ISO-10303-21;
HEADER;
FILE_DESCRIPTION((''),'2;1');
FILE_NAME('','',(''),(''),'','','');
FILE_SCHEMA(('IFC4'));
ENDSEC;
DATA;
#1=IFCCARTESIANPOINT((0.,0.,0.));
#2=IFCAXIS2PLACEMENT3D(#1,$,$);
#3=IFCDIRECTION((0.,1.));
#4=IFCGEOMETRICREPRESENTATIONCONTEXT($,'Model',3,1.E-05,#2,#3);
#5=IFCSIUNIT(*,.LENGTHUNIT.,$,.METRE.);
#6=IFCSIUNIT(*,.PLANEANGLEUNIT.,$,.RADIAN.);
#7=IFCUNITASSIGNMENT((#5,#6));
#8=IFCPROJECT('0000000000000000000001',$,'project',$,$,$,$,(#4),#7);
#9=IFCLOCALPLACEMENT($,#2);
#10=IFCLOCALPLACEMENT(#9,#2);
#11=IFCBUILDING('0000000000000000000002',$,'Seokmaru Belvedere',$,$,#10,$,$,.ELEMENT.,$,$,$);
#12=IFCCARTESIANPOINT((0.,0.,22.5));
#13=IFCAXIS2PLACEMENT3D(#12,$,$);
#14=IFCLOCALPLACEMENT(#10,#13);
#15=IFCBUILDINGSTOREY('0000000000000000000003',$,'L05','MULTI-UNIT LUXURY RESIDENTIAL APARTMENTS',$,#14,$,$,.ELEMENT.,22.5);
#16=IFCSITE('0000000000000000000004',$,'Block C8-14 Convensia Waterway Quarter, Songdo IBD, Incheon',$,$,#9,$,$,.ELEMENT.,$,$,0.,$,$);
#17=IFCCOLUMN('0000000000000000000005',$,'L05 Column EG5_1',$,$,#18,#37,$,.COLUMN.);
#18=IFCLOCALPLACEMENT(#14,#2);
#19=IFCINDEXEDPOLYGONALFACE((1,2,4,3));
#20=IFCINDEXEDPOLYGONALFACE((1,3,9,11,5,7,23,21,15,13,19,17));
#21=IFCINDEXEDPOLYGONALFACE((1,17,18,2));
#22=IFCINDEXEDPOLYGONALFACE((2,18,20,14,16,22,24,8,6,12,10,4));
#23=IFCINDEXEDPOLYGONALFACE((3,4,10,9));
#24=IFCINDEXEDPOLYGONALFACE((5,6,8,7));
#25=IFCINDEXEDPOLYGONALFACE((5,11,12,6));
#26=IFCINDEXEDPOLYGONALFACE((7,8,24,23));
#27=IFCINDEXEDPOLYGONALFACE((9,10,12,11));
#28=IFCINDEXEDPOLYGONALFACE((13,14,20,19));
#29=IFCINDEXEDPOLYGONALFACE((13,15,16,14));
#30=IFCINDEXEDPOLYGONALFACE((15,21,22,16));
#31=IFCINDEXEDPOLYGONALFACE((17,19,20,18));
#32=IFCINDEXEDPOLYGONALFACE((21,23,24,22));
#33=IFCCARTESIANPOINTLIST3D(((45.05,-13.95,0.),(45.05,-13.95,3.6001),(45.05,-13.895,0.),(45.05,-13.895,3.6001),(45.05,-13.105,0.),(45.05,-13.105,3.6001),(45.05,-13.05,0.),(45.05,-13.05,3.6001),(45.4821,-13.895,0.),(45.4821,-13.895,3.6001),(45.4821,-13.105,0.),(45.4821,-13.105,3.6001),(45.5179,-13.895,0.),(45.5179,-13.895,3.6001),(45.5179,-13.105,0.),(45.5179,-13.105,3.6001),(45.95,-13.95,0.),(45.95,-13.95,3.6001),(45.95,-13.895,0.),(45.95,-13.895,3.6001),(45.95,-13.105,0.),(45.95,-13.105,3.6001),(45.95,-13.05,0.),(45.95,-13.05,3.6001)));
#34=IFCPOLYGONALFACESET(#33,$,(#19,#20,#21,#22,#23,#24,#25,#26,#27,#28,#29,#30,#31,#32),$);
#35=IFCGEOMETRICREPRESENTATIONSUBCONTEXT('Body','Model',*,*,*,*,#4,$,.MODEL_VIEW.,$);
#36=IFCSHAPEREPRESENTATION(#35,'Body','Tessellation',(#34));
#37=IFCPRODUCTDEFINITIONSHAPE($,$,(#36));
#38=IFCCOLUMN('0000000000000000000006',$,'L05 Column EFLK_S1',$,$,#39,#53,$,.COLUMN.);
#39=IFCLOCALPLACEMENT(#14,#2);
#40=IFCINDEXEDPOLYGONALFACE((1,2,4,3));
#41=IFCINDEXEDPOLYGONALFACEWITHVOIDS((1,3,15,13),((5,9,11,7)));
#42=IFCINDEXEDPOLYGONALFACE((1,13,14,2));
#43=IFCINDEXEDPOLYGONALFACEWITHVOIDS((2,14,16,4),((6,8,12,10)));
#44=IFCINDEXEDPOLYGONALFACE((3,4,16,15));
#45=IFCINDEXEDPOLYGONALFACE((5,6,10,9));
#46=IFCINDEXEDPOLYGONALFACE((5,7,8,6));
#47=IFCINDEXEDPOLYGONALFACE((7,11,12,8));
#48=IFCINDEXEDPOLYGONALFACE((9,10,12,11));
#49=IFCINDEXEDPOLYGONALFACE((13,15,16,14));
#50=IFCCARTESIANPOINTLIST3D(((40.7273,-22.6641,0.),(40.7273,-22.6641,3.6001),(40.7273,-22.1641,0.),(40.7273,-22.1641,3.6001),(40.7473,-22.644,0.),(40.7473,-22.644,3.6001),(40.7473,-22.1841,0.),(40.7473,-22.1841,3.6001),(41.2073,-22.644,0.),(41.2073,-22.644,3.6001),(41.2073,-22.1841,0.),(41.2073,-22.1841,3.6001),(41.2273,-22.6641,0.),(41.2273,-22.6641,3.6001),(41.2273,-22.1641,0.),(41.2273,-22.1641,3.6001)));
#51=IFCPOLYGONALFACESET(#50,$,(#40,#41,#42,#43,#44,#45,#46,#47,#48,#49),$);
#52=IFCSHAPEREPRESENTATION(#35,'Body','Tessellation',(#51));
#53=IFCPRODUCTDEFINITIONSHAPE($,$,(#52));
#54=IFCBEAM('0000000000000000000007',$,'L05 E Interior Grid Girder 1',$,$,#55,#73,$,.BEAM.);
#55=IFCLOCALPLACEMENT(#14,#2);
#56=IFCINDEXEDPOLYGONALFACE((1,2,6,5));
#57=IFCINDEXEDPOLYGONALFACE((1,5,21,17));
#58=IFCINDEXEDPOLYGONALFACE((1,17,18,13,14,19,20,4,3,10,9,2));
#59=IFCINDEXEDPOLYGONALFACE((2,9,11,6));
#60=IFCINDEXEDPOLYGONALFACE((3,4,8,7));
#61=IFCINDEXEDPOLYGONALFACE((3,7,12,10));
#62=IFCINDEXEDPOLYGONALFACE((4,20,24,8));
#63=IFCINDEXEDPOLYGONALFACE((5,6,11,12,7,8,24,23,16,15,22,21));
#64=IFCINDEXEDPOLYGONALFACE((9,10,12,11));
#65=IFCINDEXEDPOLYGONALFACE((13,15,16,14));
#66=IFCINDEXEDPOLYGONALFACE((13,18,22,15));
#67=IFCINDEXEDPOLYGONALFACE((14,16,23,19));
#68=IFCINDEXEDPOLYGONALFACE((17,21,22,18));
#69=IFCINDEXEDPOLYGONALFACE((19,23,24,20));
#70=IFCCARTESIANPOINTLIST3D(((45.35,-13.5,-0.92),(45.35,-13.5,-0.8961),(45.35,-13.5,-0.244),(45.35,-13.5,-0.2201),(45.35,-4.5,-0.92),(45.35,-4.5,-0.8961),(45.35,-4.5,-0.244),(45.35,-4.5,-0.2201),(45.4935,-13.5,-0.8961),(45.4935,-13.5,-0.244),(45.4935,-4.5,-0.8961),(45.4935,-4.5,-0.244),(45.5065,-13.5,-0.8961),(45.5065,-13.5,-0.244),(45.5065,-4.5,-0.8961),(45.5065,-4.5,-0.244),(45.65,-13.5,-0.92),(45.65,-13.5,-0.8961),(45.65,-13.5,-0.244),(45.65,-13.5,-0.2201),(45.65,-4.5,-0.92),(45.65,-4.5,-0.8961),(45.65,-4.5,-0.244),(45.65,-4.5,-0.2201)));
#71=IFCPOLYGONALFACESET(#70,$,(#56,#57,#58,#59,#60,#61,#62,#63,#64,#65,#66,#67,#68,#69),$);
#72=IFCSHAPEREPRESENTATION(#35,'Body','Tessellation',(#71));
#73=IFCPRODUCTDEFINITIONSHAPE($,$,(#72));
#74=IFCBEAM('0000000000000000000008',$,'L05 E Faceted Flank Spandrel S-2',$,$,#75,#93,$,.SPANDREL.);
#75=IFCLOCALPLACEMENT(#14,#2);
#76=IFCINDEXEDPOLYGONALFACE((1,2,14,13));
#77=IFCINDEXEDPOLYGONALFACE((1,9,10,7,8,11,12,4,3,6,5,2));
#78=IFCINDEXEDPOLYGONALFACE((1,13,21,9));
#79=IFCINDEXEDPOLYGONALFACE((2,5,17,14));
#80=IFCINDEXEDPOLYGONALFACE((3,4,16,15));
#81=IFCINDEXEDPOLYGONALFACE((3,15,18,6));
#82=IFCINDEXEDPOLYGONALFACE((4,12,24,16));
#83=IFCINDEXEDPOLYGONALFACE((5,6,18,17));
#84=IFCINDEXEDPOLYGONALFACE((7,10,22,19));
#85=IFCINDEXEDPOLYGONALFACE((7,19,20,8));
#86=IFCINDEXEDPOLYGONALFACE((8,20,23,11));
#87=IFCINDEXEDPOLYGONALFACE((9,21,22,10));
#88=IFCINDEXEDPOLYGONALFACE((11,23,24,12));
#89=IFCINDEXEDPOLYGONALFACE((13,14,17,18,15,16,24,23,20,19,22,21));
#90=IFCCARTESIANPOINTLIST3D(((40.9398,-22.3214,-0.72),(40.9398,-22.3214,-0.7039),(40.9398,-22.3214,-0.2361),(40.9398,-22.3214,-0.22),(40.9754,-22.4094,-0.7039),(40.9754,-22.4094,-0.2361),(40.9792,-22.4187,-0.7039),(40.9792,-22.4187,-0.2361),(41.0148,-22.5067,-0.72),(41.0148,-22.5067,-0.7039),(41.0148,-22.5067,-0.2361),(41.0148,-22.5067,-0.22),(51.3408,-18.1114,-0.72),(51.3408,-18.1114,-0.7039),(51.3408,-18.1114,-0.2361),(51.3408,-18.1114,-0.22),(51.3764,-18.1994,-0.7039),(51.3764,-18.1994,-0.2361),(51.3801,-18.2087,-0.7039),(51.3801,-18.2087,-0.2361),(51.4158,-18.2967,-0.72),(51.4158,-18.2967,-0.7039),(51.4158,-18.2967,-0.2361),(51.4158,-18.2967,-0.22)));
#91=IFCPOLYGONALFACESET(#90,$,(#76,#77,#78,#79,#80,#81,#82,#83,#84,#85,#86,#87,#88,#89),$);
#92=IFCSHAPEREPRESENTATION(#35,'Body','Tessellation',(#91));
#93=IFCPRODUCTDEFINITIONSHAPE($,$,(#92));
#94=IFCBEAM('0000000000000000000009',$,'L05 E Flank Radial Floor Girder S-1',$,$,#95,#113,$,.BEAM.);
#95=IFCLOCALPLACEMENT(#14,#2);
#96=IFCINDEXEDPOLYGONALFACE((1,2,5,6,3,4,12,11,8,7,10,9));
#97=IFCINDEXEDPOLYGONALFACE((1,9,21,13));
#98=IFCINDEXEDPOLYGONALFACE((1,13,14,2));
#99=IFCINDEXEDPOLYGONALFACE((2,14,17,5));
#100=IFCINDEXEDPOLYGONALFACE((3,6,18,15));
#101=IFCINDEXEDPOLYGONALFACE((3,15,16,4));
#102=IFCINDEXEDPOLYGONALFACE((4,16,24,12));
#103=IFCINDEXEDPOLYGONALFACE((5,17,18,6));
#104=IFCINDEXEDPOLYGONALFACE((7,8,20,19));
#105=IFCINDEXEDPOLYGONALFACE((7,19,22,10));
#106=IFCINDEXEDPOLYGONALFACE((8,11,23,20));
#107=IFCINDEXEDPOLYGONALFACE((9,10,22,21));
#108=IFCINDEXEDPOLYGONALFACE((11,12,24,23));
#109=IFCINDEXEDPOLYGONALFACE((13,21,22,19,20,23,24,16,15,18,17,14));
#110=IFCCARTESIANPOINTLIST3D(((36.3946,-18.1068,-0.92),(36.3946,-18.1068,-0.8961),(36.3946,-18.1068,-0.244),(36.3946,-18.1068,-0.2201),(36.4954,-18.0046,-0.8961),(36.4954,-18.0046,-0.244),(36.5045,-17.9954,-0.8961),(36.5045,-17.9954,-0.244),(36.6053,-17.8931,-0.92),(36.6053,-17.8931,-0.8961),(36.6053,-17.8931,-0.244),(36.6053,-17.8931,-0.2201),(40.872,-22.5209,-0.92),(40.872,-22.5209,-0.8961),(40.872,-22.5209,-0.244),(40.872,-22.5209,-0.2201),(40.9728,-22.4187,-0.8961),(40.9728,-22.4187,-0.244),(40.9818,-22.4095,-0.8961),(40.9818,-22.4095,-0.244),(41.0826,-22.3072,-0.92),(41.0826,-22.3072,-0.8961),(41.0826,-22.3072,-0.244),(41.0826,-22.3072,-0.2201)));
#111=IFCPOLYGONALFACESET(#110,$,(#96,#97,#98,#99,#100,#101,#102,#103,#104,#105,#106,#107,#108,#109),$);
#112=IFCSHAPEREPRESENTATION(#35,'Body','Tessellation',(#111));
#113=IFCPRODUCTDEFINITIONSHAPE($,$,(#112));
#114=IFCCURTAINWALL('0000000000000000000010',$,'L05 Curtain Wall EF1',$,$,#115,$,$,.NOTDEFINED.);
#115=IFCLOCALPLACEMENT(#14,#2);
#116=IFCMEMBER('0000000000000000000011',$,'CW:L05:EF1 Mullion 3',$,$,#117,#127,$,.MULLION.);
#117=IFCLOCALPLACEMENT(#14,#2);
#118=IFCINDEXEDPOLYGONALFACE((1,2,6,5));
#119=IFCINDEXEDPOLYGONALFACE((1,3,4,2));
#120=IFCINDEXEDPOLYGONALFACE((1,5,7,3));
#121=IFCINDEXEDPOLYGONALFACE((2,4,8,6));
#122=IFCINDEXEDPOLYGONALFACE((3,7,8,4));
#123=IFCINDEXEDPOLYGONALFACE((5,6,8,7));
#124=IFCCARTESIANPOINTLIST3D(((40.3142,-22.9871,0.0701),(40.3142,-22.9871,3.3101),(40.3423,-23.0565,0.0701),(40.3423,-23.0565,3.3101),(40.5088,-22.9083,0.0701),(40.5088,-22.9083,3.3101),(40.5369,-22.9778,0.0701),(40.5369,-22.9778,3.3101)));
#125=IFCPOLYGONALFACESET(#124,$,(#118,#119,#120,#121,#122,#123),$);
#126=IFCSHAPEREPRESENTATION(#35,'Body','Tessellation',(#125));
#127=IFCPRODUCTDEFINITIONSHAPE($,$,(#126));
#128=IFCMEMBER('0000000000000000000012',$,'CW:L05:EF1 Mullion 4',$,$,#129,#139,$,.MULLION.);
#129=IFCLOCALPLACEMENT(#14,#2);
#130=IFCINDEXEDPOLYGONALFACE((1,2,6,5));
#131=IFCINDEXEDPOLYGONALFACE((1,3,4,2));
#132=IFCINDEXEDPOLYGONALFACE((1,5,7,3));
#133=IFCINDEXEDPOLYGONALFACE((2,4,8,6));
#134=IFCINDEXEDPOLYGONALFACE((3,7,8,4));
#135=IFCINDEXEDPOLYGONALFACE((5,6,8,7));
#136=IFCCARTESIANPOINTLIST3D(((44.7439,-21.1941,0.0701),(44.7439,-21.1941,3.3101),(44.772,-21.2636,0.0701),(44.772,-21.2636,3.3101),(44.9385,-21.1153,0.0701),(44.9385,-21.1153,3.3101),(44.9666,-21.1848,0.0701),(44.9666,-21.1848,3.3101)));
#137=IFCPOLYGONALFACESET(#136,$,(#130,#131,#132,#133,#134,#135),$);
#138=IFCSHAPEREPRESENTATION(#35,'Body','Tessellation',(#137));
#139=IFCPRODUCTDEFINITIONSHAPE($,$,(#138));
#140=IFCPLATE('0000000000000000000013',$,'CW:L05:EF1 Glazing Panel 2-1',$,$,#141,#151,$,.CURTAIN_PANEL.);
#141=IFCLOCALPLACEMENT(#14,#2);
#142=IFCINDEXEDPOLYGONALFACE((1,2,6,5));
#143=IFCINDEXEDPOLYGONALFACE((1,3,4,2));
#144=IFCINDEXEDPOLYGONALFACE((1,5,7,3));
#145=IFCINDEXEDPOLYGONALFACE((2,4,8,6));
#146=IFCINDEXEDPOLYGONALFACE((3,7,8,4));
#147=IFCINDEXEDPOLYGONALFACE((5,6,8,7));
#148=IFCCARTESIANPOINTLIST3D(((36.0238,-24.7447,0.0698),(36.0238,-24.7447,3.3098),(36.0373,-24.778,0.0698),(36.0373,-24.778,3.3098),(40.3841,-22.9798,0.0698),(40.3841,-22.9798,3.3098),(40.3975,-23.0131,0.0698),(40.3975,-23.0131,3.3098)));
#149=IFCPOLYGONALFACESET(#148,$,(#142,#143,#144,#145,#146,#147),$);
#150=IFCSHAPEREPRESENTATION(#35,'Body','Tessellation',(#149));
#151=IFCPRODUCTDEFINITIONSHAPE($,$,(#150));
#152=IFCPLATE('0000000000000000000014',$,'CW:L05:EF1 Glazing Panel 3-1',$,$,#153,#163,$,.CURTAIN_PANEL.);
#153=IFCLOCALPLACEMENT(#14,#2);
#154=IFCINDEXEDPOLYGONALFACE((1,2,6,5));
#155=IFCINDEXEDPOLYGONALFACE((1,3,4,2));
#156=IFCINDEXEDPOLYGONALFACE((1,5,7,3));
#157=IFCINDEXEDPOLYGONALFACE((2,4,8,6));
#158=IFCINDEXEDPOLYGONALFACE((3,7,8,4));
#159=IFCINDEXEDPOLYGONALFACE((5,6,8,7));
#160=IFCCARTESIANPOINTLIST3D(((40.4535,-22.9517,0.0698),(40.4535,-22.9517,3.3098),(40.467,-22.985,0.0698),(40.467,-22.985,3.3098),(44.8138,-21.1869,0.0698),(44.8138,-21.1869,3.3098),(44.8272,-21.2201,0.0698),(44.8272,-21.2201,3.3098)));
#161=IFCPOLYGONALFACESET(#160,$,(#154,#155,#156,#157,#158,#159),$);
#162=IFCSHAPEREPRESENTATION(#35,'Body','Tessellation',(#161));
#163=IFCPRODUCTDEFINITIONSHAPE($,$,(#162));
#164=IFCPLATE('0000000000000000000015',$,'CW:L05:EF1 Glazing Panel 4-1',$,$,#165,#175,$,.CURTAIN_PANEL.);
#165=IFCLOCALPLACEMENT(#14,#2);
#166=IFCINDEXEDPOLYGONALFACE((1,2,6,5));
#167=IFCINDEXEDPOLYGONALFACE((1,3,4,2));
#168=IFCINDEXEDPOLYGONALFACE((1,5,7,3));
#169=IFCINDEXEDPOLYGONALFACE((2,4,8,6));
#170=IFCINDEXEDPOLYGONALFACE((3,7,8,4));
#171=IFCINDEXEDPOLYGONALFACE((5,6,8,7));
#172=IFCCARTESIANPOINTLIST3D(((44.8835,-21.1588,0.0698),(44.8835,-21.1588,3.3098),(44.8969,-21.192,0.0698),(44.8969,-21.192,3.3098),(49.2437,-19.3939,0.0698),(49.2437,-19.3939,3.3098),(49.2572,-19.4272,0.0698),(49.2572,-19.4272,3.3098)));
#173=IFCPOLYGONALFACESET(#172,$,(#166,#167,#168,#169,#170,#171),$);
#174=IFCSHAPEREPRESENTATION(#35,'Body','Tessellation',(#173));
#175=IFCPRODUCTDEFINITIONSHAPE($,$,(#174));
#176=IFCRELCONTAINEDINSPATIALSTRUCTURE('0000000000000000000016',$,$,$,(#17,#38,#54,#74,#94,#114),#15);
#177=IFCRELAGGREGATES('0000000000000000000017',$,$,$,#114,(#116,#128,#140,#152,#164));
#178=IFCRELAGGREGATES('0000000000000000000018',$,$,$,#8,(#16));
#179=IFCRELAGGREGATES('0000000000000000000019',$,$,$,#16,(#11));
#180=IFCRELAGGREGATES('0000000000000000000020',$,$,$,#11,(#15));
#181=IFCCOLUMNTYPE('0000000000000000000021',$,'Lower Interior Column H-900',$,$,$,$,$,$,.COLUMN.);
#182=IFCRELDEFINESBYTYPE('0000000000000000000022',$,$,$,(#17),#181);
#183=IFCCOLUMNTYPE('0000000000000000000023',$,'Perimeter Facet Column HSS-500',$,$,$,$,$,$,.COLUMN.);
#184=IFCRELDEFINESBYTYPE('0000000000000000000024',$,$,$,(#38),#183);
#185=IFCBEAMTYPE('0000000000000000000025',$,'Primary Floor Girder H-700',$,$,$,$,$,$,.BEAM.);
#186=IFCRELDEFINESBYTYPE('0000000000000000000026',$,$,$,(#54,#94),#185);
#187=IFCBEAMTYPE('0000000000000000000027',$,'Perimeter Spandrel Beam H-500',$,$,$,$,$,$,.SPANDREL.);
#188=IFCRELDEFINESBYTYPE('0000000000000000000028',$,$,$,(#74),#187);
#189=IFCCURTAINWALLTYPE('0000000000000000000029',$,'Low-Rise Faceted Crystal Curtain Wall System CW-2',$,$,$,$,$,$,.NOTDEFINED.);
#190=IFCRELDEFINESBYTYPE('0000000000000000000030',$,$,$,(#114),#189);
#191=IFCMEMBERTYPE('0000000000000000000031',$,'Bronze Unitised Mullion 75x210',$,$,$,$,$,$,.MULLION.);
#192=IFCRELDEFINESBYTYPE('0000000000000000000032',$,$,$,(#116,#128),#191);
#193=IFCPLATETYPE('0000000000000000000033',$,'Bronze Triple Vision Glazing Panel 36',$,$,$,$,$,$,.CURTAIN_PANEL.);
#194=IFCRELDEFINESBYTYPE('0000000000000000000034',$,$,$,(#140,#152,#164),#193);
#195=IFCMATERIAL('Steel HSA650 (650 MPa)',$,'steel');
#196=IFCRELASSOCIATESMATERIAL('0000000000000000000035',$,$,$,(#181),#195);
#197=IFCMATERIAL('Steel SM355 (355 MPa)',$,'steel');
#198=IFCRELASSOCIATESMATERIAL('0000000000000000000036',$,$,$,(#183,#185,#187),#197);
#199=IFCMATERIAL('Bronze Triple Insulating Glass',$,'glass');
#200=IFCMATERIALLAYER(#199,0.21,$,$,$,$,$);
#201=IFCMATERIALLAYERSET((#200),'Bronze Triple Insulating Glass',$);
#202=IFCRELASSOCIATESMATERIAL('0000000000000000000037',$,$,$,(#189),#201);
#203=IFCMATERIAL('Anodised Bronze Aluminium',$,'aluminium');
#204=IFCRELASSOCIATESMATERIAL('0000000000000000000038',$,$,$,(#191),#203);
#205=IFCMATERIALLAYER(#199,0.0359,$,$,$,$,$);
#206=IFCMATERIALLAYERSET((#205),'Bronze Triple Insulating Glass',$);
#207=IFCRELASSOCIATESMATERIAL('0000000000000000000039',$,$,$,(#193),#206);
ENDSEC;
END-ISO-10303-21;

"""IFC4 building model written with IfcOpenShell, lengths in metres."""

from ifc_helpers import new_model, si_unit, direction, frame, origin, origin_2d, place, context, subcontext, project, spatial, rectangle, hollow_rectangle, i_section, extrude, source, transform, mapped, material, layer, layer_set, material_profile, profile_set, type_object, type_shapes, element, aggregate, save


model = new_model("IFC4")

# Units and contexts
model_context = context("Model", 3, precision=1e-05, world=origin(), true_north=direction((0.0, 1.0)))
body_context = subcontext(model_context, "Body", "Model", "MODEL_VIEW")
ifc_project = project(units=[si_unit("LENGTHUNIT", "METRE"), si_unit("PLANEANGLEUNIT", "RADIAN")], contexts=[model_context])

# Site, building, storey
site_placement = place(None, origin())
site = spatial("IfcSite", under=ifc_project, at=site_placement, Name="Block C8-14 Convensia Waterway Quarter, Songdo IBD, Incheon", CompositionType="ELEMENT", RefElevation=0.0)
building_placement = place(site_placement, origin())
building = spatial("IfcBuilding", under=site, at=building_placement, Name="Seokmaru Belvedere", CompositionType="ELEMENT")
storey_placement = place(building_placement, frame((0.0, 0.0, 22.5)))
storey = spatial("IfcBuildingStorey", under=building, at=storey_placement, Name="L05", Description="MULTI-UNIT LUXURY RESIDENTIAL APARTMENTS", CompositionType="ELEMENT", Elevation=22.5)

# Columns
ifc_material_1 = material(Name="Steel HSA650 (650 MPa)", Category="steel")
ifc_material_profile_1 = material_profile(ifc_material_1, i_section(OverallWidth=0.8999, OverallDepth=0.8999, WebThickness=0.0359, FlangeThickness=0.0549, at=origin_2d()), Name="H-900x900x36x55")
ifc_profile_set_1 = profile_set([ifc_material_profile_1], Name="Steel HSA650 (650 MPa)")
column_type_1 = type_object("IfcColumnType", Name="Lower Interior Column H-900", PredefinedType="COLUMN", material=ifc_profile_set_1)
shared_shape_1 = source(origin(), body_context, "Body", "SweptSolid", [
    extrude(i_section(OverallWidth=0.8999, OverallDepth=0.8999, WebThickness=0.0359, FlangeThickness=0.0549, at=origin_2d()), origin(), (0.0, 0.0, 1.0), 3.6001),
])
type_shapes(column_type_1, [shared_shape_1])
column_1_placement = place(storey_placement, frame((45.5, -13.5, 0.0), z_axis=(0.0, 0.0, 1.0), x_axis=(1.0, 0.0, 0.0)))
element("IfcColumn", 1, at=column_1_placement, inside=storey, type_object=column_type_1, Name="L05 Column EG5_1", PredefinedType="COLUMN", context=body_context, shape_type="MappedRepresentation", body=[
    mapped(shared_shape_1, transform((0.0, 0.0, 0.0), scale=1.0)),
])
ifc_material_2 = material(Name="Steel SM355 (355 MPa)", Category="steel")
ifc_material_profile_2 = material_profile(ifc_material_2, hollow_rectangle(XDim=0.5, YDim=0.5, WallThickness=0.02, at=origin_2d()), Name="HSS-500x500x20")
ifc_profile_set_2 = profile_set([ifc_material_profile_2], Name="Steel SM355 (355 MPa)")
column_type_2 = type_object("IfcColumnType", Name="Perimeter Facet Column HSS-500", PredefinedType="COLUMN", material=ifc_profile_set_2)
shared_shape_2 = source(origin(), body_context, "Body", "SweptSolid", [
    extrude(hollow_rectangle(XDim=0.5, YDim=0.5, WallThickness=0.02, at=origin_2d()), origin(), (0.0, 0.0, 1.0), 3.6001),
])
type_shapes(column_type_2, [shared_shape_2])
column_2_placement = place(storey_placement, frame((40.9773, -22.4141, 0.0), z_axis=(0.0, 0.0, 1.0), x_axis=(1.0, 0.0, 0.0)))
element("IfcColumn", 2, at=column_2_placement, inside=storey, type_object=column_type_2, Name="L05 Column EFLK_S1", PredefinedType="COLUMN", context=body_context, shape_type="MappedRepresentation", body=[
    mapped(shared_shape_2, transform((0.0, 0.0, 0.0), scale=1.0)),
])

# Beams
ifc_material_profile_3 = material_profile(ifc_material_2, i_section(OverallWidth=0.3, OverallDepth=0.7, WebThickness=0.0129, FlangeThickness=0.0239, at=origin_2d()), Name="H-700x300x13x24")
ifc_profile_set_3 = profile_set([ifc_material_profile_3], Name="Steel SM355 (355 MPa)")
beam_type_1 = type_object("IfcBeamType", Name="Primary Floor Girder H-700", PredefinedType="BEAM", material=ifc_profile_set_3)
shared_shape_3 = source(origin(), body_context, "Body", "SweptSolid", [
    extrude(i_section(OverallWidth=0.3, OverallDepth=0.7, WebThickness=0.0129, FlangeThickness=0.0239, at=origin_2d()), origin(), (0.0, 0.0, 1.0), 9.0),
])
beam_1_placement = place(storey_placement, frame((45.5, -13.5, -0.5701), z_axis=(0.0, 1.0, 0.0), x_axis=(-1.0, 0.0, 0.0)))
element("IfcBeam", 3, at=beam_1_placement, inside=storey, type_object=beam_type_1, Name="L05 E Interior Grid Girder 1", PredefinedType="BEAM", context=body_context, shape_type="MappedRepresentation", body=[
    mapped(shared_shape_3, transform((0.0, 0.0, 0.0), scale=1.0)),
])
ifc_material_profile_4 = material_profile(ifc_material_2, i_section(OverallWidth=0.2, OverallDepth=0.5, WebThickness=0.01, FlangeThickness=0.0161, at=origin_2d()), Name="H-500x200x10x16")
ifc_profile_set_4 = profile_set([ifc_material_profile_4], Name="Steel SM355 (355 MPa)")
beam_type_2 = type_object("IfcBeamType", Name="Perimeter Spandrel Beam H-500", PredefinedType="SPANDREL", material=ifc_profile_set_4)
shared_shape_4 = source(origin(), body_context, "Body", "SweptSolid", [
    extrude(i_section(OverallWidth=0.2, OverallDepth=0.5, WebThickness=0.01, FlangeThickness=0.0161, at=origin_2d()), origin(), (0.0, 0.0, 1.0), 11.2207),
])
type_shapes(beam_type_2, [shared_shape_4])
beam_2_placement = place(storey_placement, frame((40.9773, -22.4141, -0.47), z_axis=(0.926944, 0.375199, 0.0), x_axis=(-0.375199, 0.926944, 0.0)))
element("IfcBeam", 4, at=beam_2_placement, inside=storey, type_object=beam_type_2, Name="L05 E Faceted Flank Spandrel S-2", PredefinedType="SPANDREL", context=body_context, shape_type="MappedRepresentation", body=[
    mapped(shared_shape_4, transform((0.0, 0.0, 0.0), scale=1.0)),
])
shared_shape_5 = source(origin(), body_context, "Body", "SweptSolid", [
    extrude(i_section(OverallWidth=0.3, OverallDepth=0.7, WebThickness=0.0129, FlangeThickness=0.0239, at=origin_2d()), origin(), (0.0, 0.0, 1.0), 6.2874),
])
type_shapes(beam_type_1, [shared_shape_3, shared_shape_5])
beam_3_placement = place(storey_placement, frame((40.9773, -22.4141, -0.5701), z_axis=(-0.712117, 0.70206, 0.0), x_axis=(-0.70206, -0.712117, 0.0)))
element("IfcBeam", 5, at=beam_3_placement, inside=storey, type_object=beam_type_1, Name="L05 E Flank Radial Floor Girder S-1", PredefinedType="BEAM", context=body_context, shape_type="MappedRepresentation", body=[
    mapped(shared_shape_5, transform((0.0, 0.0, 0.0), scale=1.0)),
])

# Curtain wall, members, plates
ifc_material_3 = material(Name="Bronze Triple Insulating Glass", Category="glass")
ifc_layer_1 = layer(ifc_material_3, 0.21)
ifc_layer_set_1 = layer_set([ifc_layer_1], Name="Bronze Triple Insulating Glass")
curtain_wall_type = type_object("IfcCurtainWallType", Name="Low-Rise Faceted Crystal Curtain Wall System CW-2", PredefinedType="NOTDEFINED", material=ifc_layer_set_1)
curtain_wall_placement = place(storey_placement, origin())
curtain_wall = element("IfcCurtainWall", 6, at=curtain_wall_placement, inside=storey, type_object=curtain_wall_type, Name="L05 Curtain Wall EF1", PredefinedType="NOTDEFINED")
ifc_material_4 = material(Name="Anodised Bronze Aluminium", Category="aluminium")
ifc_material_profile_5 = material_profile(ifc_material_4, rectangle(XDim=0.075, YDim=0.21, at=origin_2d()), Name="CW-M-75x210")
ifc_profile_set_5 = profile_set([ifc_material_profile_5], Name="Anodised Bronze Aluminium")
member_type = type_object("IfcMemberType", Name="Bronze Unitised Mullion 75x210", PredefinedType="MULLION", material=ifc_profile_set_5)
shared_shape_6 = source(origin(), body_context, "Body", "SweptSolid", [
    extrude(rectangle(XDim=0.075, YDim=0.21, at=origin_2d()), origin(), (0.0, 0.0, 1.0), 3.24),
])
type_shapes(member_type, [shared_shape_6])
member_1_placement = place(storey_placement, frame((40.4255, -22.9824, 0.0701), z_axis=(0.0, 0.0, 1.0), x_axis=(-0.375192, 0.926947, 0.0)))
member_1 = element("IfcMember", 7, at=member_1_placement, type_object=member_type, Name="CW:L05:EF1 Mullion 3", PredefinedType="MULLION", context=body_context, shape_type="MappedRepresentation", body=[
    mapped(shared_shape_6, transform((0.0, 0.0, 0.0), scale=1.0)),
])
member_2_placement = place(storey_placement, frame((44.8552, -21.1895, 0.0701), z_axis=(0.0, 0.0, 1.0), x_axis=(-0.375192, 0.926947, 0.0)))
member_2 = element("IfcMember", 8, at=member_2_placement, type_object=member_type, Name="CW:L05:EF1 Mullion 4", PredefinedType="MULLION", context=body_context, shape_type="MappedRepresentation", body=[
    mapped(shared_shape_6, transform((0.0, 0.0, 0.0), scale=1.0)),
])
ifc_layer_2 = layer(ifc_material_3, 0.0359)
ifc_layer_set_2 = layer_set([ifc_layer_2], Name="Bronze Triple Insulating Glass")
plate_type = type_object("IfcPlateType", Name="Bronze Triple Vision Glazing Panel 36", PredefinedType="CURTAIN_PANEL", material=ifc_layer_set_2)
shared_shape_7 = source(origin(), body_context, "Body", "SweptSolid", [
    extrude(rectangle(XDim=4.7039, YDim=0.0359, at=origin_2d()), origin(), (0.0, 0.0, 1.0), 3.24),
])
type_shapes(plate_type, [shared_shape_7])
plate_1_placement = place(storey_placement, frame((38.2107, -23.8789, 0.0698), z_axis=(0.0, 0.0, 1.0), x_axis=(0.926947, 0.375192, 0.0)))
plate_1 = element("IfcPlate", 9, at=plate_1_placement, type_object=plate_type, Name="CW:L05:EF1 Glazing Panel 2-1", PredefinedType="CURTAIN_PANEL", context=body_context, shape_type="MappedRepresentation", body=[
    mapped(shared_shape_7, transform((0.0, 0.0, 0.0), scale=1.0)),
])
plate_2_placement = place(storey_placement, frame((42.6404, -22.0859, 0.0698), z_axis=(0.0, 0.0, 1.0), x_axis=(0.926947, 0.375192, 0.0)))
plate_2 = element("IfcPlate", 10, at=plate_2_placement, type_object=plate_type, Name="CW:L05:EF1 Glazing Panel 3-1", PredefinedType="CURTAIN_PANEL", context=body_context, shape_type="MappedRepresentation", body=[
    mapped(shared_shape_7, transform((0.0, 0.0, 0.0), scale=1.0)),
])
plate_3_placement = place(storey_placement, frame((47.0703, -20.293, 0.0698), z_axis=(0.0, 0.0, 1.0), x_axis=(0.926947, 0.375192, 0.0)))
plate_3 = element("IfcPlate", 11, at=plate_3_placement, type_object=plate_type, Name="CW:L05:EF1 Glazing Panel 4-1", PredefinedType="CURTAIN_PANEL", context=body_context, shape_type="MappedRepresentation", body=[
    mapped(shared_shape_7, transform((0.0, 0.0, 0.0), scale=1.0)),
])
aggregate(curtain_wall, [member_1, member_2, plate_1, plate_2, plate_3])

save(model, "model.ifc")
